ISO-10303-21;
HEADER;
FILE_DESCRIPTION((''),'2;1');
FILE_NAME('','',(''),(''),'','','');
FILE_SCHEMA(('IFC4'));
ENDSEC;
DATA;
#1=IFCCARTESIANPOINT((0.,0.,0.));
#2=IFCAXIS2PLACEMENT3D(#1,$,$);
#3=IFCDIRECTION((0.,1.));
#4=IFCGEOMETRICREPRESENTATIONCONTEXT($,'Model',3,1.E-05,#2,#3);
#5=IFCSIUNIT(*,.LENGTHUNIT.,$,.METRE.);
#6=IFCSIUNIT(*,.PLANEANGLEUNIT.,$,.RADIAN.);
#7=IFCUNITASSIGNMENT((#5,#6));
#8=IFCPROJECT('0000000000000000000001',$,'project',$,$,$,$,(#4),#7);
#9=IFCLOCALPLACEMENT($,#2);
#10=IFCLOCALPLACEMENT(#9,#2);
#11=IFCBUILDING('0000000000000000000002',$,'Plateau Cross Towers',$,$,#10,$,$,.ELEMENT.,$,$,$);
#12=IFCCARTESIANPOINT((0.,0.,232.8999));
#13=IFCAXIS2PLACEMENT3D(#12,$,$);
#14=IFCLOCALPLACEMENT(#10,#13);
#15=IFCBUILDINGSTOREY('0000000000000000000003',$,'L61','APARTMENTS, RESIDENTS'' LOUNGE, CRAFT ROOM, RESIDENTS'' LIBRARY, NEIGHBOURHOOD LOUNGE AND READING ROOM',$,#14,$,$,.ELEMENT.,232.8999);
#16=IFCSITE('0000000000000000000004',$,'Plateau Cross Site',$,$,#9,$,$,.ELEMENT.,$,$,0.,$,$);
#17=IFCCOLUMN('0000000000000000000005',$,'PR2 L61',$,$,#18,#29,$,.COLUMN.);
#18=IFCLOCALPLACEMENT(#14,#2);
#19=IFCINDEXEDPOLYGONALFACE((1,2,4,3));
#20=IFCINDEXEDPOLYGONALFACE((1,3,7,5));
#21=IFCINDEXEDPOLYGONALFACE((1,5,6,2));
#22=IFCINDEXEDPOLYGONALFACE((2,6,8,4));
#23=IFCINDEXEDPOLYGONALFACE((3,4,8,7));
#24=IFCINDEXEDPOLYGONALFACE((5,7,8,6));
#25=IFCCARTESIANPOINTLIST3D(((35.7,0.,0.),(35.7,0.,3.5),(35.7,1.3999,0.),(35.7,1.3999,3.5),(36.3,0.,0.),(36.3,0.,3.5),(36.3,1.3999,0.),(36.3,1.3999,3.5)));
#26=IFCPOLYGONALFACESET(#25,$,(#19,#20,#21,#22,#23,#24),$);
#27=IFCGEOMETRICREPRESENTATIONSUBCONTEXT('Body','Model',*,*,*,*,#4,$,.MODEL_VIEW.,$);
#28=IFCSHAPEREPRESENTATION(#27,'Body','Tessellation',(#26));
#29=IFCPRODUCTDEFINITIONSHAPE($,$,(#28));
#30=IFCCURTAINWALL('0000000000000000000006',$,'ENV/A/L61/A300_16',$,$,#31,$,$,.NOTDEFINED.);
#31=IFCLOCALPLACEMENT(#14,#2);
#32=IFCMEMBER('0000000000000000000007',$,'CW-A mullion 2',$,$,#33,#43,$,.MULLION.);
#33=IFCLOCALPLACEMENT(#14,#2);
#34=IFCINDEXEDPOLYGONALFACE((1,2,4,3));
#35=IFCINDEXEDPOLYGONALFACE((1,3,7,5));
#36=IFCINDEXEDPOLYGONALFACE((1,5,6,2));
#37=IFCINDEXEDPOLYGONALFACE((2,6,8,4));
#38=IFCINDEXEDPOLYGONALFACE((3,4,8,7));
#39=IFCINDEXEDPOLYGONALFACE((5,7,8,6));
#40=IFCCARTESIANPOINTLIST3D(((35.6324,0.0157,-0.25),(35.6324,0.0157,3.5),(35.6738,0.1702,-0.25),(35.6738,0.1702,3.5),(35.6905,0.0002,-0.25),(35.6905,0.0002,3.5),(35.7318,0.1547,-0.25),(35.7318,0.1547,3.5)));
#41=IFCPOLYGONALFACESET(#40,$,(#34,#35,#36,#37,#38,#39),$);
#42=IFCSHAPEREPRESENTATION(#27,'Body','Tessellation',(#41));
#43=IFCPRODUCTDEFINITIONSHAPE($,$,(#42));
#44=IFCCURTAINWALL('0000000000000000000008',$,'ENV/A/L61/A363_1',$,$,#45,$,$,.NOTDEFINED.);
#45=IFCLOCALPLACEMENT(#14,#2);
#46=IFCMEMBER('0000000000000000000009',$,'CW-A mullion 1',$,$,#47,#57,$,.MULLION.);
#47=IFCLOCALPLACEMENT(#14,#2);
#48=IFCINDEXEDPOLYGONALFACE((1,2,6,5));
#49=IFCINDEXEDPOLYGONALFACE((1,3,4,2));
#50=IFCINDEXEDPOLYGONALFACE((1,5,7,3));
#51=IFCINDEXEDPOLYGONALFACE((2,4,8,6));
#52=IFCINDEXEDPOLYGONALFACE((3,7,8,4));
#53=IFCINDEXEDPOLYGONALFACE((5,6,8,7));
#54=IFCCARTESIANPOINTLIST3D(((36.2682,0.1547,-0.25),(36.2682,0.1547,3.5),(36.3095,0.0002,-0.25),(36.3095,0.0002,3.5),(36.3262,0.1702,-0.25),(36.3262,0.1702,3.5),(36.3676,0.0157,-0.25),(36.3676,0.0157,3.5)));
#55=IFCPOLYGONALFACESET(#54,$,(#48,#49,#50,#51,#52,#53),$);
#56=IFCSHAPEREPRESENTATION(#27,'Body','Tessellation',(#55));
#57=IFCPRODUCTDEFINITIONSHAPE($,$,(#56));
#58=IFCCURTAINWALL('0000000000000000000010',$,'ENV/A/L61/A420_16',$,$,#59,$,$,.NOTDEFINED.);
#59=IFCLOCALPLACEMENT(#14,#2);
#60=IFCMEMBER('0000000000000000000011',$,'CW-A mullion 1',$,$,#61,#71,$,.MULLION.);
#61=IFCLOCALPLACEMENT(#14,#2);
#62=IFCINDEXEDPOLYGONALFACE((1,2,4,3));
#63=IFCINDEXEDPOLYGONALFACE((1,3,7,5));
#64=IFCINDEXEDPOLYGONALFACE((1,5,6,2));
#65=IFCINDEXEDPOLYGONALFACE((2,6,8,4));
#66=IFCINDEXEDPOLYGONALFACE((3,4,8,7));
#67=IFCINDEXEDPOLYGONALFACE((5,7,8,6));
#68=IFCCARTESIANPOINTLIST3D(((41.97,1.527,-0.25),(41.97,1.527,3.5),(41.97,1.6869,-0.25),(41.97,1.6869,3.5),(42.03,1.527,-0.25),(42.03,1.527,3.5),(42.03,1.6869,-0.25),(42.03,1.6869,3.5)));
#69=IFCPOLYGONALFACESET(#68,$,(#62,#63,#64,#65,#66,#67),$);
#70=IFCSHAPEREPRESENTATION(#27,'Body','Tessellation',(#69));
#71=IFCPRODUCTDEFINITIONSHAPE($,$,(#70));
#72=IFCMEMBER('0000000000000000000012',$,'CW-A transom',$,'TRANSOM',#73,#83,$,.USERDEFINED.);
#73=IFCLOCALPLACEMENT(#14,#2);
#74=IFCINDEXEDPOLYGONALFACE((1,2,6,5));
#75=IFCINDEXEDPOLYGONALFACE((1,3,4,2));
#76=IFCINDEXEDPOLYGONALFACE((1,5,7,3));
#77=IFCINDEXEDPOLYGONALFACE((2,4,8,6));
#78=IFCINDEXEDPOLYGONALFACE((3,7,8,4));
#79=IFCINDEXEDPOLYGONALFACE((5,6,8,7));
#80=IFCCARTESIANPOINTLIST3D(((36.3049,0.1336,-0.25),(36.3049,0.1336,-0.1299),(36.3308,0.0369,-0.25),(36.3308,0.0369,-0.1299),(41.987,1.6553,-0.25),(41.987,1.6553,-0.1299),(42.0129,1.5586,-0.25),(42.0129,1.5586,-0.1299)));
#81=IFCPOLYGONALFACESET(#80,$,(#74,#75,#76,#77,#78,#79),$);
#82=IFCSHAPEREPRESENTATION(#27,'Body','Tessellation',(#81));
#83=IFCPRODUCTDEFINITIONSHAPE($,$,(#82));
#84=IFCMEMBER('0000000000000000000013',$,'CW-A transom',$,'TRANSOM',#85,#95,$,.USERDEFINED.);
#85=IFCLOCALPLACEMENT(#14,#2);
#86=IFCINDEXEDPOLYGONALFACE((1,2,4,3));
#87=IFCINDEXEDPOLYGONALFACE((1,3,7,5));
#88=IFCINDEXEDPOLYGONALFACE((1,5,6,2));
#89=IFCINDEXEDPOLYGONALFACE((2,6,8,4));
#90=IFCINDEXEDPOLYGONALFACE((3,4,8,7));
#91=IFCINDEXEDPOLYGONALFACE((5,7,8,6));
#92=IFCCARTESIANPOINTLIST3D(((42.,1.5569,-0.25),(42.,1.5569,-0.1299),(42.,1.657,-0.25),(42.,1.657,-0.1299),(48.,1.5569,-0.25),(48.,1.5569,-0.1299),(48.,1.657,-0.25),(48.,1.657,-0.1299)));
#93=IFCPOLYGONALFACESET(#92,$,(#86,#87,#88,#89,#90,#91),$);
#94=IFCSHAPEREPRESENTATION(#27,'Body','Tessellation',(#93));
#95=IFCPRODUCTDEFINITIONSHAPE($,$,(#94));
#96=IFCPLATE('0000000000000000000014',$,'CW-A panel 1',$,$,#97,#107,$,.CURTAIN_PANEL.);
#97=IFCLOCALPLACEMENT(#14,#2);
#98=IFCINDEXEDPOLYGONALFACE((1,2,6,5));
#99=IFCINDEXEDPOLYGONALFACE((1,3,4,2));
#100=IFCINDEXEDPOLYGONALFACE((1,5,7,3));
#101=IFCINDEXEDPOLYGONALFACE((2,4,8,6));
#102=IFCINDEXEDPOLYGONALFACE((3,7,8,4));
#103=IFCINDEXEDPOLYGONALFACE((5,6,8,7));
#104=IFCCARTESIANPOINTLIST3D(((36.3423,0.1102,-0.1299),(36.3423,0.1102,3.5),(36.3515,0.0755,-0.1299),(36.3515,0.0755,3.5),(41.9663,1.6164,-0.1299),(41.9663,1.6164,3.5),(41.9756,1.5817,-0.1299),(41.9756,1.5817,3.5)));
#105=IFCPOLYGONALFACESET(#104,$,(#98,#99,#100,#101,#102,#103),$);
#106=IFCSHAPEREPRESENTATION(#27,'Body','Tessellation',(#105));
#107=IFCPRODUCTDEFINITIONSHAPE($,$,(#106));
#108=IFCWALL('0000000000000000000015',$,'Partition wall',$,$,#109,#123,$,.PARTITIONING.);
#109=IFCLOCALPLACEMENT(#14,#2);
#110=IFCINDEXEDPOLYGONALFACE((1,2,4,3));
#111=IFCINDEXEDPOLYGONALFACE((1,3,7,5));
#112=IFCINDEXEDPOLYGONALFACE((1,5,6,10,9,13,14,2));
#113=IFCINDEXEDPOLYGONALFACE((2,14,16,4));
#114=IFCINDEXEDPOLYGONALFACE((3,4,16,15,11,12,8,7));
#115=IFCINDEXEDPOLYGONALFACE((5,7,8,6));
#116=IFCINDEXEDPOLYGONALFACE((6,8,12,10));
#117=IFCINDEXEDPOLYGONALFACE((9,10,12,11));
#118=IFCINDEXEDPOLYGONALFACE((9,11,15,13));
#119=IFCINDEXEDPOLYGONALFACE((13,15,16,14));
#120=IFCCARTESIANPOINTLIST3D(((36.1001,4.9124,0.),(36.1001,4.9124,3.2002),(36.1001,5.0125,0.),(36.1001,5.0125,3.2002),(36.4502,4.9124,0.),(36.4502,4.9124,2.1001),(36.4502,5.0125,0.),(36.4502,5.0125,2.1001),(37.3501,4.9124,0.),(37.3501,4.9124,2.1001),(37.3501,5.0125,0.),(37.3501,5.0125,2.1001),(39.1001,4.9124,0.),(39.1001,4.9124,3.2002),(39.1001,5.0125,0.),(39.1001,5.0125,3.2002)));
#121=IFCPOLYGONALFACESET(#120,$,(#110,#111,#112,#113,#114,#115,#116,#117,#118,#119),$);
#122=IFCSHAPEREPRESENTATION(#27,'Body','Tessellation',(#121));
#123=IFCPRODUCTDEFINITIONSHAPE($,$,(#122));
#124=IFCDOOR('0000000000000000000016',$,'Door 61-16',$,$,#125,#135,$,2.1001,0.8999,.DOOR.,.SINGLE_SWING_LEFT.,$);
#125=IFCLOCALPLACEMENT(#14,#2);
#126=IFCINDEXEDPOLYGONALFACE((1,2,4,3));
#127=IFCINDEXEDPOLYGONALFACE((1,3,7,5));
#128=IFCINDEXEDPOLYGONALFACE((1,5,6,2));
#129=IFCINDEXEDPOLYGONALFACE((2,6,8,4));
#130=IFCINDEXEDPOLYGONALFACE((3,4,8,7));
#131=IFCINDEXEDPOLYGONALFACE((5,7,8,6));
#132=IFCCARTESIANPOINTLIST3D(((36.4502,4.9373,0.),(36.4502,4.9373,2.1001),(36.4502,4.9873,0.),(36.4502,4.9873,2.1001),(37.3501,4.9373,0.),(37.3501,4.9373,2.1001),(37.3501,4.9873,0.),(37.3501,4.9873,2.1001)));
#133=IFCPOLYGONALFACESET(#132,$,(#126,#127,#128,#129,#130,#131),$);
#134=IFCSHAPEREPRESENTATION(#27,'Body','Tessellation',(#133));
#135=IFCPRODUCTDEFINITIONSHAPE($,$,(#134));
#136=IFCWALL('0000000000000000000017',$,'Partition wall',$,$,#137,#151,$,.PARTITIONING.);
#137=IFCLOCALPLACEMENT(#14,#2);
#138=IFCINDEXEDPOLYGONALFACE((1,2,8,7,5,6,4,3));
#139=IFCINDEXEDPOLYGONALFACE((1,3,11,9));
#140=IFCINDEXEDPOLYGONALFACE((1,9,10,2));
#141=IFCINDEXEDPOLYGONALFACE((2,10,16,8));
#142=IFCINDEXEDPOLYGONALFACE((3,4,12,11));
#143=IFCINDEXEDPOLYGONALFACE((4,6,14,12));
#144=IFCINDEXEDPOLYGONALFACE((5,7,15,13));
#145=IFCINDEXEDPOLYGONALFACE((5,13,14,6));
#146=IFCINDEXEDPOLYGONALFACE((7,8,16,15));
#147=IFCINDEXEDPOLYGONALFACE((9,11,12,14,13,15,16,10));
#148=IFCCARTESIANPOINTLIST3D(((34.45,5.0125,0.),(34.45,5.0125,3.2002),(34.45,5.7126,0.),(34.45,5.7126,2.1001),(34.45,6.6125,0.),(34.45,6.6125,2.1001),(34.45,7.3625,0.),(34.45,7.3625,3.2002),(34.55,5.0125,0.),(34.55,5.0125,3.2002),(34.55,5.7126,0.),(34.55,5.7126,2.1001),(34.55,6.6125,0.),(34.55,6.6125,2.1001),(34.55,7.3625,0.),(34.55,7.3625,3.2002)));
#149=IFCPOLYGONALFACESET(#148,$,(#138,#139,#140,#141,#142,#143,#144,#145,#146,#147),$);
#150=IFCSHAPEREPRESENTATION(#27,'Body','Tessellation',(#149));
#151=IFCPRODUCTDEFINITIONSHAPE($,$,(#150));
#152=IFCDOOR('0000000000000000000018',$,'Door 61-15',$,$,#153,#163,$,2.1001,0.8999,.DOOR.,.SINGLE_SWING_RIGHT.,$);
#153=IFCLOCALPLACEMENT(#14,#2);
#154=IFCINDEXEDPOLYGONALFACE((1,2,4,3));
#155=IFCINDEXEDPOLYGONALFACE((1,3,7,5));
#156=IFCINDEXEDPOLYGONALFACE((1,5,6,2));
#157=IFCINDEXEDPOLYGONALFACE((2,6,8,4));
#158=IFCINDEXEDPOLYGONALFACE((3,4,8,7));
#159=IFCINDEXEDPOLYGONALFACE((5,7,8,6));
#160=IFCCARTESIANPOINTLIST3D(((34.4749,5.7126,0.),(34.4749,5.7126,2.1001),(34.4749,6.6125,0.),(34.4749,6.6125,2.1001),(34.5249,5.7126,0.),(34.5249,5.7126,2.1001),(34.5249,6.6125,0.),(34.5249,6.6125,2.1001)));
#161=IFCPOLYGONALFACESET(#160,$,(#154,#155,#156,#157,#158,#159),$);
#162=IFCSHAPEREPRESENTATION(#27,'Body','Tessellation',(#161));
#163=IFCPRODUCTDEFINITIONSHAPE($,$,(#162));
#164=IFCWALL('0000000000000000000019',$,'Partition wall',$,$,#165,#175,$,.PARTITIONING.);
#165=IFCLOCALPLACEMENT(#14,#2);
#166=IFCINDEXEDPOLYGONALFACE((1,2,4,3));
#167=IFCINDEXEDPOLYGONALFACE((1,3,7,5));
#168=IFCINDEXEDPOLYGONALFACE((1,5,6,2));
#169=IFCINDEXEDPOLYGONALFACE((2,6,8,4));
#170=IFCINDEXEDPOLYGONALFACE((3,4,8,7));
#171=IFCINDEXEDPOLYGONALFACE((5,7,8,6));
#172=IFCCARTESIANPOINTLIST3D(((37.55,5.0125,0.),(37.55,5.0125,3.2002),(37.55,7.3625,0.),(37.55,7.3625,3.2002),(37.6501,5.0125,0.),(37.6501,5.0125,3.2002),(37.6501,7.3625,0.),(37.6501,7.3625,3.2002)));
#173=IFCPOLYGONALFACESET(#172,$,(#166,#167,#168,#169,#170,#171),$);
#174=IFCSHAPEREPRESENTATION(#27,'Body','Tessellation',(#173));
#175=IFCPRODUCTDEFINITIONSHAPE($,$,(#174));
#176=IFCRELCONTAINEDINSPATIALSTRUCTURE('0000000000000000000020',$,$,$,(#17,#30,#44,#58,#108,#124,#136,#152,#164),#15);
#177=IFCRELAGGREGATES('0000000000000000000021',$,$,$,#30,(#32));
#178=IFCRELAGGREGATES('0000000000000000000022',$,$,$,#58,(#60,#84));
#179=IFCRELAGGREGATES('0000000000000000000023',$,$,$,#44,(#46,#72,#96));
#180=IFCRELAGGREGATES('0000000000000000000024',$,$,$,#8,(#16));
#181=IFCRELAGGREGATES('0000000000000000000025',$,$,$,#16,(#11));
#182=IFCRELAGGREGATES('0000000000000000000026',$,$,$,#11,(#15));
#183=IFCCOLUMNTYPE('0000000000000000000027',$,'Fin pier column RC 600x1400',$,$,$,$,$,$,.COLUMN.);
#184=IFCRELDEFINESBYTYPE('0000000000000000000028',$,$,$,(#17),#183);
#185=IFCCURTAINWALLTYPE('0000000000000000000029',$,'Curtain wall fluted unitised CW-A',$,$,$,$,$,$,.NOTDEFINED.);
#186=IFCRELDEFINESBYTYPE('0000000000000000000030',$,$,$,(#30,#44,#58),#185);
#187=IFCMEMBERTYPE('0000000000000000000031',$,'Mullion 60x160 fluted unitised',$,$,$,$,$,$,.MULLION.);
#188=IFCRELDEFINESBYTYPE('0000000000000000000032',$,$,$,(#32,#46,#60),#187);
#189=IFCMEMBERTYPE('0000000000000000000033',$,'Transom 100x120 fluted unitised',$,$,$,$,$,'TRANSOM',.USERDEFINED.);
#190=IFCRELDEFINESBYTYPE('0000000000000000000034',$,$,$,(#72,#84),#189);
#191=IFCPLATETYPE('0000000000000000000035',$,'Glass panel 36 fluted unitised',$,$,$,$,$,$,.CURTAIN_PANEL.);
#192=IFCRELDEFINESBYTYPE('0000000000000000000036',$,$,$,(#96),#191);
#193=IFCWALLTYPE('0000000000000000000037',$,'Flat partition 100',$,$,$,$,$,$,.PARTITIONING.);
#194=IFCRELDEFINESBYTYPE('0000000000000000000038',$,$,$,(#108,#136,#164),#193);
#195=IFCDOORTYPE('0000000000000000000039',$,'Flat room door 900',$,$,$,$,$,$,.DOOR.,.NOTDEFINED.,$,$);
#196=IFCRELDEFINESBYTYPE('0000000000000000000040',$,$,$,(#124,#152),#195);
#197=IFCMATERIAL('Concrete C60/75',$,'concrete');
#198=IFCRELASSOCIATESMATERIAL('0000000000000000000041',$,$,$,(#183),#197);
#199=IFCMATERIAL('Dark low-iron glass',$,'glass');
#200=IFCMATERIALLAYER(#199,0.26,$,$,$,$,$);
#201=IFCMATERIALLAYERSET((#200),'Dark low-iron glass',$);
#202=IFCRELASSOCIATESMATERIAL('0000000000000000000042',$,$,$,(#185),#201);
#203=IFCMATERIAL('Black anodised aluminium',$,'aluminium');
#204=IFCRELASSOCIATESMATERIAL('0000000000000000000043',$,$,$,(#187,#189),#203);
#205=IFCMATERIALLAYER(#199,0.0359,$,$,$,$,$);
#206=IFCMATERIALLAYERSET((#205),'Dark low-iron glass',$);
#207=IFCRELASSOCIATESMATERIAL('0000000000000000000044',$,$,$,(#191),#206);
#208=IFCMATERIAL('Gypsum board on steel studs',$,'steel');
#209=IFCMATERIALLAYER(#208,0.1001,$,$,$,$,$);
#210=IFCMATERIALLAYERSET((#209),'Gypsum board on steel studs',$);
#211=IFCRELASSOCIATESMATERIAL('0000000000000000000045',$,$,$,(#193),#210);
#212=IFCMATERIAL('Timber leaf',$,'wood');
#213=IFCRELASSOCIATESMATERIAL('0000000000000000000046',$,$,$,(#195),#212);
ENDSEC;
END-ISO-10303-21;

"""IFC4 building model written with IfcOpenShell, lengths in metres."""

from ifc_helpers import new_model, si_unit, direction, frame, frame_2d, origin, origin_2d, place, context, subcontext, project, spatial, rectangle, extrude, material, layer, layer_set, material_profile, profile_set, type_object, element, fill, aggregate, save


model = new_model("IFC4")

# Units and contexts
model_context = context("Model", 3, precision=1e-05, world=origin(), true_north=direction((0.0, 1.0)))
body_context = subcontext(model_context, "Body", "Model", "MODEL_VIEW")
ifc_project = project(units=[si_unit("LENGTHUNIT", "METRE"), si_unit("PLANEANGLEUNIT", "RADIAN")], contexts=[model_context])

# Site, building, storey
site_placement = place(None, origin())
site = spatial("IfcSite", under=ifc_project, at=site_placement, Name="Plateau Cross Site", CompositionType="ELEMENT", RefElevation=0.0)
building_placement = place(site_placement, origin())
building = spatial("IfcBuilding", under=site, at=building_placement, Name="Plateau Cross Towers", CompositionType="ELEMENT")
storey_placement = place(building_placement, frame((0.0, 0.0, 232.8999)))
storey = spatial("IfcBuildingStorey", under=building, at=storey_placement, Name="L61", Description="APARTMENTS, RESIDENTS' LOUNGE, CRAFT ROOM, RESIDENTS' LIBRARY, NEIGHBOURHOOD LOUNGE AND READING ROOM", CompositionType="ELEMENT", Elevation=232.8999)

# Column
ifc_material_1 = material(Name="Concrete C60/75", Category="concrete")
ifc_material_profile_1 = material_profile(ifc_material_1, rectangle(XDim=0.6001, YDim=1.3999, at=origin_2d()), Name="RC 600x1400")
ifc_profile_set_1 = profile_set([ifc_material_profile_1], Name="Concrete C60/75")
column_type = type_object("IfcColumnType", Name="Fin pier column RC 600x1400", PredefinedType="COLUMN", material=ifc_profile_set_1)
column_placement = place(storey_placement, frame((36.0, 0.7, 0.0), z_axis=(0.0, 0.0, 1.0), x_axis=(1.0, 0.0, 0.0)))
element("IfcColumn", 1, at=column_placement, inside=storey, type_object=column_type, Name="PR2 L61", PredefinedType="COLUMN", context=body_context, shape_type="SweptSolid", body=[
    extrude(rectangle(XDim=0.6001, YDim=1.3999, at=origin_2d()), origin(), (0.0, 0.0, 1.0), 3.5),
])

# Curtain walls, members
ifc_material_2 = material(Name="Dark low-iron glass", Category="glass")
ifc_layer_1 = layer(ifc_material_2, 0.26)
ifc_layer_set_1 = layer_set([ifc_layer_1], Name="Dark low-iron glass")
curtain_wall_type = type_object("IfcCurtainWallType", Name="Curtain wall fluted unitised CW-A", PredefinedType="NOTDEFINED", material=ifc_layer_set_1)
curtain_wall_1_placement = place(storey_placement, origin())
curtain_wall_1 = element("IfcCurtainWall", 2, at=curtain_wall_1_placement, inside=storey, type_object=curtain_wall_type, Name="ENV/A/L61/A300_16", PredefinedType="NOTDEFINED")
ifc_material_3 = material(Name="Black anodised aluminium", Category="aluminium")
ifc_material_profile_2 = material_profile(ifc_material_3, rectangle(XDim=0.0601, YDim=0.1599, at=origin_2d()), Name="MULLION 60x160")
ifc_profile_set_2 = profile_set([ifc_material_profile_2], Name="Black anodised aluminium")
member_type_1 = type_object("IfcMemberType", Name="Mullion 60x160 fluted unitised", PredefinedType="MULLION", material=ifc_profile_set_2)
member_1_placement = place(storey_placement, frame((35.6821, 0.0852, -0.25), z_axis=(0.0, 0.0, 1.0), x_axis=(0.965958, -0.258699, 0.0)))
member_1 = element("IfcMember", 3, at=member_1_placement, type_object=member_type_1, Name="CW-A mullion 2", PredefinedType="MULLION", context=body_context, shape_type="SweptSolid", body=[
    extrude(rectangle(XDim=0.0601, YDim=0.1599, at=origin_2d()), origin(), (0.0, 0.0, 1.0), 3.75),
])
aggregate(curtain_wall_1, [member_1])
curtain_wall_2_placement = place(storey_placement, origin())
curtain_wall_2 = element("IfcCurtainWall", 4, at=curtain_wall_2_placement, inside=storey, type_object=curtain_wall_type, Name="ENV/A/L61/A363_1", PredefinedType="NOTDEFINED")
member_2_placement = place(storey_placement, frame((36.3179, 0.0852, -0.25), z_axis=(0.0, 0.0, 1.0), x_axis=(0.965958, 0.258699, 0.0)))
member_2 = element("IfcMember", 5, at=member_2_placement, type_object=member_type_1, Name="CW-A mullion 1", PredefinedType="MULLION", context=body_context, shape_type="SweptSolid", body=[
    extrude(rectangle(XDim=0.0601, YDim=0.1599, at=origin_2d()), origin(), (0.0, 0.0, 1.0), 3.75),
])
curtain_wall_3_placement = place(storey_placement, origin())
curtain_wall_3 = element("IfcCurtainWall", 6, at=curtain_wall_3_placement, inside=storey, type_object=curtain_wall_type, Name="ENV/A/L61/A420_16", PredefinedType="NOTDEFINED")
member_3_placement = place(storey_placement, frame((42.0, 1.6069, -0.25), z_axis=(0.0, 0.0, 1.0), x_axis=(1.0, 0.0, 0.0)))
member_3 = element("IfcMember", 7, at=member_3_placement, type_object=member_type_1, Name="CW-A mullion 1", PredefinedType="MULLION", context=body_context, shape_type="SweptSolid", body=[
    extrude(rectangle(XDim=0.0601, YDim=0.1599, at=origin_2d()), origin(), (0.0, 0.0, 1.0), 3.75),
])

# Members
ifc_material_profile_3 = material_profile(ifc_material_3, rectangle(XDim=0.1001, YDim=0.1201, at=origin_2d()), Name="TRANSOM 100x120")
ifc_profile_set_3 = profile_set([ifc_material_profile_3], Name="Black anodised aluminium")
member_type_2 = type_object("IfcMemberType", Name="Transom 100x120 fluted unitised", ElementType="TRANSOM", PredefinedType="USERDEFINED", material=ifc_profile_set_3)
member_4_placement = place(storey_placement, frame((36.3179, 0.0852, -0.1899), z_axis=(0.96596, 0.258693, 0.0), x_axis=(-0.258693, 0.96596, 0.0)))
member_4 = element("IfcMember", 8, at=member_4_placement, type_object=member_type_2, Name="CW-A transom", ObjectType="TRANSOM", PredefinedType="USERDEFINED", context=body_context, shape_type="SweptSolid", body=[
    extrude(rectangle(XDim=0.1001, YDim=0.1201, at=origin_2d()), origin(), (0.0, 0.0, 1.0), 5.8823),
])
member_5_placement = place(storey_placement, frame((42.0, 1.6069, -0.1899), z_axis=(1.0, 0.0, 0.0), x_axis=(0.0, 1.0, 0.0)))
member_5 = element("IfcMember", 9, at=member_5_placement, type_object=member_type_2, Name="CW-A transom", ObjectType="TRANSOM", PredefinedType="USERDEFINED", context=body_context, shape_type="SweptSolid", body=[
    extrude(rectangle(XDim=0.1001, YDim=0.1201, at=origin_2d()), origin(), (0.0, 0.0, 1.0), 6.0),
])
aggregate(curtain_wall_3, [member_3, member_5])

# Plate
ifc_layer_2 = layer(ifc_material_2, 0.0359)
ifc_layer_set_2 = layer_set([ifc_layer_2], Name="Dark low-iron glass")
plate_type = type_object("IfcPlateType", Name="Glass panel 36 fluted unitised", PredefinedType="CURTAIN_PANEL", material=ifc_layer_set_2)
plate_placement = place(storey_placement, frame((39.1589, 0.8459, -0.1299), z_axis=(0.0, 0.0, 1.0), x_axis=(0.965958, 0.258699, 0.0)))
plate = element("IfcPlate", 10, at=plate_placement, type_object=plate_type, Name="CW-A panel 1", PredefinedType="CURTAIN_PANEL", context=body_context, shape_type="SweptSolid", body=[
    extrude(rectangle(XDim=5.8223, YDim=0.0359, at=origin_2d()), origin(), (0.0, 0.0, 1.0), 3.6299),
])
aggregate(curtain_wall_2, [member_2, member_4, plate])

# Walls, openings, doors
ifc_material_4 = material(Name="Gypsum board on steel studs", Category="steel")
ifc_layer_3 = layer(ifc_material_4, 0.1001)
ifc_layer_set_3 = layer_set([ifc_layer_3], Name="Gypsum board on steel studs")
wall_type_1 = type_object("IfcWallType", Name="Flat partition 100", PredefinedType="PARTITIONING", material=ifc_layer_set_3)
wall_1_placement = place(storey_placement, frame((36.1001, 4.9624, 0.0), z_axis=(0.0, 0.0, 1.0), x_axis=(1.0, 0.0, 0.0)))
wall_1 = element("IfcWall", 11, at=wall_1_placement, inside=storey, type_object=wall_type_1, Name="Partition wall", PredefinedType="PARTITIONING", context=body_context, shape_type="SweptSolid", body=[
    extrude(rectangle(XDim=3.0, YDim=0.1001, at=frame_2d((1.5, 0.0))), origin(), (0.0, 0.0, 1.0), 3.2002),
])
opening_1_placement = place(wall_1_placement, frame((0.3501, 0.0, 0.0)))
opening_1 = element("IfcOpeningElement", 12, at=opening_1_placement, cuts=wall_1, PredefinedType="OPENING", context=body_context, shape_type="SweptSolid", body=[
    extrude(rectangle(XDim=0.8999, YDim=2.1001, at=frame_2d((0.45, 1.05))), frame((0.0, 0.0601, 0.0), z_axis=(0.0, -1.0, 0.0), x_axis=(1.0, 0.0, 0.0)), (0.0, 0.0, 1.0), 0.1201),
])
ifc_material_5 = material(Name="Timber leaf", Category="wood")
door_type = type_object("IfcDoorType", Name="Flat room door 900", OperationType="NOTDEFINED", PredefinedType="DOOR", material=ifc_material_5)
door_1_placement = place(opening_1_placement, origin())
door_1 = element("IfcDoor", 13, at=door_1_placement, inside=storey, type_object=door_type, Name="Door 61-16", OperationType="SINGLE_SWING_LEFT", OverallHeight=2.1001, OverallWidth=0.8999, PredefinedType="DOOR", context=body_context, shape_type="SweptSolid", body=[
    extrude(rectangle(XDim=0.8999, YDim=2.1001, at=frame_2d((0.45, 1.05))), frame((0.0, 0.0249, 0.0), z_axis=(0.0, -1.0, 0.0), x_axis=(1.0, 0.0, 0.0)), (0.0, 0.0, 1.0), 0.05),
])
fill(opening_1, door_1)
wall_2_placement = place(storey_placement, frame((34.5, 7.3625, 0.0), z_axis=(0.0, 0.0, 1.0), x_axis=(0.0, -1.0, 0.0)))
wall_2 = element("IfcWall", 14, at=wall_2_placement, inside=storey, type_object=wall_type_1, Name="Partition wall", PredefinedType="PARTITIONING", context=body_context, shape_type="SweptSolid", body=[
    extrude(rectangle(XDim=2.3501, YDim=0.1001, at=frame_2d((1.175, 0.0))), origin(), (0.0, 0.0, 1.0), 3.2002),
])
opening_2_placement = place(wall_2_placement, frame((0.75, 0.0, 0.0)))
opening_2 = element("IfcOpeningElement", 15, at=opening_2_placement, cuts=wall_2, PredefinedType="OPENING", context=body_context, shape_type="SweptSolid", body=[
    extrude(rectangle(XDim=0.8999, YDim=2.1001, at=frame_2d((0.45, 1.05))), frame((0.0, 0.0601, 0.0), z_axis=(0.0, -1.0, 0.0), x_axis=(1.0, 0.0, 0.0)), (0.0, 0.0, 1.0), 0.1201),
])
door_2_placement = place(opening_2_placement, origin())
door_2 = element("IfcDoor", 16, at=door_2_placement, inside=storey, type_object=door_type, Name="Door 61-15", OperationType="SINGLE_SWING_RIGHT", OverallHeight=2.1001, OverallWidth=0.8999, PredefinedType="DOOR", context=body_context, shape_type="SweptSolid", body=[
    extrude(rectangle(XDim=0.8999, YDim=2.1001, at=frame_2d((0.45, 1.05))), frame((0.0, 0.0249, 0.0), z_axis=(0.0, -1.0, 0.0), x_axis=(1.0, 0.0, 0.0)), (0.0, 0.0, 1.0), 0.05),
])
fill(opening_2, door_2)

# Wall
wall_3_placement = place(storey_placement, frame((37.6001, 5.0125, 0.0), z_axis=(0.0, 0.0, 1.0), x_axis=(0.0, 1.0, 0.0)))
element("IfcWall", 17, at=wall_3_placement, inside=storey, type_object=wall_type_1, Name="Partition wall", PredefinedType="PARTITIONING", context=body_context, shape_type="SweptSolid", body=[
    extrude(rectangle(XDim=2.3501, YDim=0.1001, at=frame_2d((1.175, 0.0))), origin(), (0.0, 0.0, 1.0), 3.2002),
])

save(model, "model.ifc")
